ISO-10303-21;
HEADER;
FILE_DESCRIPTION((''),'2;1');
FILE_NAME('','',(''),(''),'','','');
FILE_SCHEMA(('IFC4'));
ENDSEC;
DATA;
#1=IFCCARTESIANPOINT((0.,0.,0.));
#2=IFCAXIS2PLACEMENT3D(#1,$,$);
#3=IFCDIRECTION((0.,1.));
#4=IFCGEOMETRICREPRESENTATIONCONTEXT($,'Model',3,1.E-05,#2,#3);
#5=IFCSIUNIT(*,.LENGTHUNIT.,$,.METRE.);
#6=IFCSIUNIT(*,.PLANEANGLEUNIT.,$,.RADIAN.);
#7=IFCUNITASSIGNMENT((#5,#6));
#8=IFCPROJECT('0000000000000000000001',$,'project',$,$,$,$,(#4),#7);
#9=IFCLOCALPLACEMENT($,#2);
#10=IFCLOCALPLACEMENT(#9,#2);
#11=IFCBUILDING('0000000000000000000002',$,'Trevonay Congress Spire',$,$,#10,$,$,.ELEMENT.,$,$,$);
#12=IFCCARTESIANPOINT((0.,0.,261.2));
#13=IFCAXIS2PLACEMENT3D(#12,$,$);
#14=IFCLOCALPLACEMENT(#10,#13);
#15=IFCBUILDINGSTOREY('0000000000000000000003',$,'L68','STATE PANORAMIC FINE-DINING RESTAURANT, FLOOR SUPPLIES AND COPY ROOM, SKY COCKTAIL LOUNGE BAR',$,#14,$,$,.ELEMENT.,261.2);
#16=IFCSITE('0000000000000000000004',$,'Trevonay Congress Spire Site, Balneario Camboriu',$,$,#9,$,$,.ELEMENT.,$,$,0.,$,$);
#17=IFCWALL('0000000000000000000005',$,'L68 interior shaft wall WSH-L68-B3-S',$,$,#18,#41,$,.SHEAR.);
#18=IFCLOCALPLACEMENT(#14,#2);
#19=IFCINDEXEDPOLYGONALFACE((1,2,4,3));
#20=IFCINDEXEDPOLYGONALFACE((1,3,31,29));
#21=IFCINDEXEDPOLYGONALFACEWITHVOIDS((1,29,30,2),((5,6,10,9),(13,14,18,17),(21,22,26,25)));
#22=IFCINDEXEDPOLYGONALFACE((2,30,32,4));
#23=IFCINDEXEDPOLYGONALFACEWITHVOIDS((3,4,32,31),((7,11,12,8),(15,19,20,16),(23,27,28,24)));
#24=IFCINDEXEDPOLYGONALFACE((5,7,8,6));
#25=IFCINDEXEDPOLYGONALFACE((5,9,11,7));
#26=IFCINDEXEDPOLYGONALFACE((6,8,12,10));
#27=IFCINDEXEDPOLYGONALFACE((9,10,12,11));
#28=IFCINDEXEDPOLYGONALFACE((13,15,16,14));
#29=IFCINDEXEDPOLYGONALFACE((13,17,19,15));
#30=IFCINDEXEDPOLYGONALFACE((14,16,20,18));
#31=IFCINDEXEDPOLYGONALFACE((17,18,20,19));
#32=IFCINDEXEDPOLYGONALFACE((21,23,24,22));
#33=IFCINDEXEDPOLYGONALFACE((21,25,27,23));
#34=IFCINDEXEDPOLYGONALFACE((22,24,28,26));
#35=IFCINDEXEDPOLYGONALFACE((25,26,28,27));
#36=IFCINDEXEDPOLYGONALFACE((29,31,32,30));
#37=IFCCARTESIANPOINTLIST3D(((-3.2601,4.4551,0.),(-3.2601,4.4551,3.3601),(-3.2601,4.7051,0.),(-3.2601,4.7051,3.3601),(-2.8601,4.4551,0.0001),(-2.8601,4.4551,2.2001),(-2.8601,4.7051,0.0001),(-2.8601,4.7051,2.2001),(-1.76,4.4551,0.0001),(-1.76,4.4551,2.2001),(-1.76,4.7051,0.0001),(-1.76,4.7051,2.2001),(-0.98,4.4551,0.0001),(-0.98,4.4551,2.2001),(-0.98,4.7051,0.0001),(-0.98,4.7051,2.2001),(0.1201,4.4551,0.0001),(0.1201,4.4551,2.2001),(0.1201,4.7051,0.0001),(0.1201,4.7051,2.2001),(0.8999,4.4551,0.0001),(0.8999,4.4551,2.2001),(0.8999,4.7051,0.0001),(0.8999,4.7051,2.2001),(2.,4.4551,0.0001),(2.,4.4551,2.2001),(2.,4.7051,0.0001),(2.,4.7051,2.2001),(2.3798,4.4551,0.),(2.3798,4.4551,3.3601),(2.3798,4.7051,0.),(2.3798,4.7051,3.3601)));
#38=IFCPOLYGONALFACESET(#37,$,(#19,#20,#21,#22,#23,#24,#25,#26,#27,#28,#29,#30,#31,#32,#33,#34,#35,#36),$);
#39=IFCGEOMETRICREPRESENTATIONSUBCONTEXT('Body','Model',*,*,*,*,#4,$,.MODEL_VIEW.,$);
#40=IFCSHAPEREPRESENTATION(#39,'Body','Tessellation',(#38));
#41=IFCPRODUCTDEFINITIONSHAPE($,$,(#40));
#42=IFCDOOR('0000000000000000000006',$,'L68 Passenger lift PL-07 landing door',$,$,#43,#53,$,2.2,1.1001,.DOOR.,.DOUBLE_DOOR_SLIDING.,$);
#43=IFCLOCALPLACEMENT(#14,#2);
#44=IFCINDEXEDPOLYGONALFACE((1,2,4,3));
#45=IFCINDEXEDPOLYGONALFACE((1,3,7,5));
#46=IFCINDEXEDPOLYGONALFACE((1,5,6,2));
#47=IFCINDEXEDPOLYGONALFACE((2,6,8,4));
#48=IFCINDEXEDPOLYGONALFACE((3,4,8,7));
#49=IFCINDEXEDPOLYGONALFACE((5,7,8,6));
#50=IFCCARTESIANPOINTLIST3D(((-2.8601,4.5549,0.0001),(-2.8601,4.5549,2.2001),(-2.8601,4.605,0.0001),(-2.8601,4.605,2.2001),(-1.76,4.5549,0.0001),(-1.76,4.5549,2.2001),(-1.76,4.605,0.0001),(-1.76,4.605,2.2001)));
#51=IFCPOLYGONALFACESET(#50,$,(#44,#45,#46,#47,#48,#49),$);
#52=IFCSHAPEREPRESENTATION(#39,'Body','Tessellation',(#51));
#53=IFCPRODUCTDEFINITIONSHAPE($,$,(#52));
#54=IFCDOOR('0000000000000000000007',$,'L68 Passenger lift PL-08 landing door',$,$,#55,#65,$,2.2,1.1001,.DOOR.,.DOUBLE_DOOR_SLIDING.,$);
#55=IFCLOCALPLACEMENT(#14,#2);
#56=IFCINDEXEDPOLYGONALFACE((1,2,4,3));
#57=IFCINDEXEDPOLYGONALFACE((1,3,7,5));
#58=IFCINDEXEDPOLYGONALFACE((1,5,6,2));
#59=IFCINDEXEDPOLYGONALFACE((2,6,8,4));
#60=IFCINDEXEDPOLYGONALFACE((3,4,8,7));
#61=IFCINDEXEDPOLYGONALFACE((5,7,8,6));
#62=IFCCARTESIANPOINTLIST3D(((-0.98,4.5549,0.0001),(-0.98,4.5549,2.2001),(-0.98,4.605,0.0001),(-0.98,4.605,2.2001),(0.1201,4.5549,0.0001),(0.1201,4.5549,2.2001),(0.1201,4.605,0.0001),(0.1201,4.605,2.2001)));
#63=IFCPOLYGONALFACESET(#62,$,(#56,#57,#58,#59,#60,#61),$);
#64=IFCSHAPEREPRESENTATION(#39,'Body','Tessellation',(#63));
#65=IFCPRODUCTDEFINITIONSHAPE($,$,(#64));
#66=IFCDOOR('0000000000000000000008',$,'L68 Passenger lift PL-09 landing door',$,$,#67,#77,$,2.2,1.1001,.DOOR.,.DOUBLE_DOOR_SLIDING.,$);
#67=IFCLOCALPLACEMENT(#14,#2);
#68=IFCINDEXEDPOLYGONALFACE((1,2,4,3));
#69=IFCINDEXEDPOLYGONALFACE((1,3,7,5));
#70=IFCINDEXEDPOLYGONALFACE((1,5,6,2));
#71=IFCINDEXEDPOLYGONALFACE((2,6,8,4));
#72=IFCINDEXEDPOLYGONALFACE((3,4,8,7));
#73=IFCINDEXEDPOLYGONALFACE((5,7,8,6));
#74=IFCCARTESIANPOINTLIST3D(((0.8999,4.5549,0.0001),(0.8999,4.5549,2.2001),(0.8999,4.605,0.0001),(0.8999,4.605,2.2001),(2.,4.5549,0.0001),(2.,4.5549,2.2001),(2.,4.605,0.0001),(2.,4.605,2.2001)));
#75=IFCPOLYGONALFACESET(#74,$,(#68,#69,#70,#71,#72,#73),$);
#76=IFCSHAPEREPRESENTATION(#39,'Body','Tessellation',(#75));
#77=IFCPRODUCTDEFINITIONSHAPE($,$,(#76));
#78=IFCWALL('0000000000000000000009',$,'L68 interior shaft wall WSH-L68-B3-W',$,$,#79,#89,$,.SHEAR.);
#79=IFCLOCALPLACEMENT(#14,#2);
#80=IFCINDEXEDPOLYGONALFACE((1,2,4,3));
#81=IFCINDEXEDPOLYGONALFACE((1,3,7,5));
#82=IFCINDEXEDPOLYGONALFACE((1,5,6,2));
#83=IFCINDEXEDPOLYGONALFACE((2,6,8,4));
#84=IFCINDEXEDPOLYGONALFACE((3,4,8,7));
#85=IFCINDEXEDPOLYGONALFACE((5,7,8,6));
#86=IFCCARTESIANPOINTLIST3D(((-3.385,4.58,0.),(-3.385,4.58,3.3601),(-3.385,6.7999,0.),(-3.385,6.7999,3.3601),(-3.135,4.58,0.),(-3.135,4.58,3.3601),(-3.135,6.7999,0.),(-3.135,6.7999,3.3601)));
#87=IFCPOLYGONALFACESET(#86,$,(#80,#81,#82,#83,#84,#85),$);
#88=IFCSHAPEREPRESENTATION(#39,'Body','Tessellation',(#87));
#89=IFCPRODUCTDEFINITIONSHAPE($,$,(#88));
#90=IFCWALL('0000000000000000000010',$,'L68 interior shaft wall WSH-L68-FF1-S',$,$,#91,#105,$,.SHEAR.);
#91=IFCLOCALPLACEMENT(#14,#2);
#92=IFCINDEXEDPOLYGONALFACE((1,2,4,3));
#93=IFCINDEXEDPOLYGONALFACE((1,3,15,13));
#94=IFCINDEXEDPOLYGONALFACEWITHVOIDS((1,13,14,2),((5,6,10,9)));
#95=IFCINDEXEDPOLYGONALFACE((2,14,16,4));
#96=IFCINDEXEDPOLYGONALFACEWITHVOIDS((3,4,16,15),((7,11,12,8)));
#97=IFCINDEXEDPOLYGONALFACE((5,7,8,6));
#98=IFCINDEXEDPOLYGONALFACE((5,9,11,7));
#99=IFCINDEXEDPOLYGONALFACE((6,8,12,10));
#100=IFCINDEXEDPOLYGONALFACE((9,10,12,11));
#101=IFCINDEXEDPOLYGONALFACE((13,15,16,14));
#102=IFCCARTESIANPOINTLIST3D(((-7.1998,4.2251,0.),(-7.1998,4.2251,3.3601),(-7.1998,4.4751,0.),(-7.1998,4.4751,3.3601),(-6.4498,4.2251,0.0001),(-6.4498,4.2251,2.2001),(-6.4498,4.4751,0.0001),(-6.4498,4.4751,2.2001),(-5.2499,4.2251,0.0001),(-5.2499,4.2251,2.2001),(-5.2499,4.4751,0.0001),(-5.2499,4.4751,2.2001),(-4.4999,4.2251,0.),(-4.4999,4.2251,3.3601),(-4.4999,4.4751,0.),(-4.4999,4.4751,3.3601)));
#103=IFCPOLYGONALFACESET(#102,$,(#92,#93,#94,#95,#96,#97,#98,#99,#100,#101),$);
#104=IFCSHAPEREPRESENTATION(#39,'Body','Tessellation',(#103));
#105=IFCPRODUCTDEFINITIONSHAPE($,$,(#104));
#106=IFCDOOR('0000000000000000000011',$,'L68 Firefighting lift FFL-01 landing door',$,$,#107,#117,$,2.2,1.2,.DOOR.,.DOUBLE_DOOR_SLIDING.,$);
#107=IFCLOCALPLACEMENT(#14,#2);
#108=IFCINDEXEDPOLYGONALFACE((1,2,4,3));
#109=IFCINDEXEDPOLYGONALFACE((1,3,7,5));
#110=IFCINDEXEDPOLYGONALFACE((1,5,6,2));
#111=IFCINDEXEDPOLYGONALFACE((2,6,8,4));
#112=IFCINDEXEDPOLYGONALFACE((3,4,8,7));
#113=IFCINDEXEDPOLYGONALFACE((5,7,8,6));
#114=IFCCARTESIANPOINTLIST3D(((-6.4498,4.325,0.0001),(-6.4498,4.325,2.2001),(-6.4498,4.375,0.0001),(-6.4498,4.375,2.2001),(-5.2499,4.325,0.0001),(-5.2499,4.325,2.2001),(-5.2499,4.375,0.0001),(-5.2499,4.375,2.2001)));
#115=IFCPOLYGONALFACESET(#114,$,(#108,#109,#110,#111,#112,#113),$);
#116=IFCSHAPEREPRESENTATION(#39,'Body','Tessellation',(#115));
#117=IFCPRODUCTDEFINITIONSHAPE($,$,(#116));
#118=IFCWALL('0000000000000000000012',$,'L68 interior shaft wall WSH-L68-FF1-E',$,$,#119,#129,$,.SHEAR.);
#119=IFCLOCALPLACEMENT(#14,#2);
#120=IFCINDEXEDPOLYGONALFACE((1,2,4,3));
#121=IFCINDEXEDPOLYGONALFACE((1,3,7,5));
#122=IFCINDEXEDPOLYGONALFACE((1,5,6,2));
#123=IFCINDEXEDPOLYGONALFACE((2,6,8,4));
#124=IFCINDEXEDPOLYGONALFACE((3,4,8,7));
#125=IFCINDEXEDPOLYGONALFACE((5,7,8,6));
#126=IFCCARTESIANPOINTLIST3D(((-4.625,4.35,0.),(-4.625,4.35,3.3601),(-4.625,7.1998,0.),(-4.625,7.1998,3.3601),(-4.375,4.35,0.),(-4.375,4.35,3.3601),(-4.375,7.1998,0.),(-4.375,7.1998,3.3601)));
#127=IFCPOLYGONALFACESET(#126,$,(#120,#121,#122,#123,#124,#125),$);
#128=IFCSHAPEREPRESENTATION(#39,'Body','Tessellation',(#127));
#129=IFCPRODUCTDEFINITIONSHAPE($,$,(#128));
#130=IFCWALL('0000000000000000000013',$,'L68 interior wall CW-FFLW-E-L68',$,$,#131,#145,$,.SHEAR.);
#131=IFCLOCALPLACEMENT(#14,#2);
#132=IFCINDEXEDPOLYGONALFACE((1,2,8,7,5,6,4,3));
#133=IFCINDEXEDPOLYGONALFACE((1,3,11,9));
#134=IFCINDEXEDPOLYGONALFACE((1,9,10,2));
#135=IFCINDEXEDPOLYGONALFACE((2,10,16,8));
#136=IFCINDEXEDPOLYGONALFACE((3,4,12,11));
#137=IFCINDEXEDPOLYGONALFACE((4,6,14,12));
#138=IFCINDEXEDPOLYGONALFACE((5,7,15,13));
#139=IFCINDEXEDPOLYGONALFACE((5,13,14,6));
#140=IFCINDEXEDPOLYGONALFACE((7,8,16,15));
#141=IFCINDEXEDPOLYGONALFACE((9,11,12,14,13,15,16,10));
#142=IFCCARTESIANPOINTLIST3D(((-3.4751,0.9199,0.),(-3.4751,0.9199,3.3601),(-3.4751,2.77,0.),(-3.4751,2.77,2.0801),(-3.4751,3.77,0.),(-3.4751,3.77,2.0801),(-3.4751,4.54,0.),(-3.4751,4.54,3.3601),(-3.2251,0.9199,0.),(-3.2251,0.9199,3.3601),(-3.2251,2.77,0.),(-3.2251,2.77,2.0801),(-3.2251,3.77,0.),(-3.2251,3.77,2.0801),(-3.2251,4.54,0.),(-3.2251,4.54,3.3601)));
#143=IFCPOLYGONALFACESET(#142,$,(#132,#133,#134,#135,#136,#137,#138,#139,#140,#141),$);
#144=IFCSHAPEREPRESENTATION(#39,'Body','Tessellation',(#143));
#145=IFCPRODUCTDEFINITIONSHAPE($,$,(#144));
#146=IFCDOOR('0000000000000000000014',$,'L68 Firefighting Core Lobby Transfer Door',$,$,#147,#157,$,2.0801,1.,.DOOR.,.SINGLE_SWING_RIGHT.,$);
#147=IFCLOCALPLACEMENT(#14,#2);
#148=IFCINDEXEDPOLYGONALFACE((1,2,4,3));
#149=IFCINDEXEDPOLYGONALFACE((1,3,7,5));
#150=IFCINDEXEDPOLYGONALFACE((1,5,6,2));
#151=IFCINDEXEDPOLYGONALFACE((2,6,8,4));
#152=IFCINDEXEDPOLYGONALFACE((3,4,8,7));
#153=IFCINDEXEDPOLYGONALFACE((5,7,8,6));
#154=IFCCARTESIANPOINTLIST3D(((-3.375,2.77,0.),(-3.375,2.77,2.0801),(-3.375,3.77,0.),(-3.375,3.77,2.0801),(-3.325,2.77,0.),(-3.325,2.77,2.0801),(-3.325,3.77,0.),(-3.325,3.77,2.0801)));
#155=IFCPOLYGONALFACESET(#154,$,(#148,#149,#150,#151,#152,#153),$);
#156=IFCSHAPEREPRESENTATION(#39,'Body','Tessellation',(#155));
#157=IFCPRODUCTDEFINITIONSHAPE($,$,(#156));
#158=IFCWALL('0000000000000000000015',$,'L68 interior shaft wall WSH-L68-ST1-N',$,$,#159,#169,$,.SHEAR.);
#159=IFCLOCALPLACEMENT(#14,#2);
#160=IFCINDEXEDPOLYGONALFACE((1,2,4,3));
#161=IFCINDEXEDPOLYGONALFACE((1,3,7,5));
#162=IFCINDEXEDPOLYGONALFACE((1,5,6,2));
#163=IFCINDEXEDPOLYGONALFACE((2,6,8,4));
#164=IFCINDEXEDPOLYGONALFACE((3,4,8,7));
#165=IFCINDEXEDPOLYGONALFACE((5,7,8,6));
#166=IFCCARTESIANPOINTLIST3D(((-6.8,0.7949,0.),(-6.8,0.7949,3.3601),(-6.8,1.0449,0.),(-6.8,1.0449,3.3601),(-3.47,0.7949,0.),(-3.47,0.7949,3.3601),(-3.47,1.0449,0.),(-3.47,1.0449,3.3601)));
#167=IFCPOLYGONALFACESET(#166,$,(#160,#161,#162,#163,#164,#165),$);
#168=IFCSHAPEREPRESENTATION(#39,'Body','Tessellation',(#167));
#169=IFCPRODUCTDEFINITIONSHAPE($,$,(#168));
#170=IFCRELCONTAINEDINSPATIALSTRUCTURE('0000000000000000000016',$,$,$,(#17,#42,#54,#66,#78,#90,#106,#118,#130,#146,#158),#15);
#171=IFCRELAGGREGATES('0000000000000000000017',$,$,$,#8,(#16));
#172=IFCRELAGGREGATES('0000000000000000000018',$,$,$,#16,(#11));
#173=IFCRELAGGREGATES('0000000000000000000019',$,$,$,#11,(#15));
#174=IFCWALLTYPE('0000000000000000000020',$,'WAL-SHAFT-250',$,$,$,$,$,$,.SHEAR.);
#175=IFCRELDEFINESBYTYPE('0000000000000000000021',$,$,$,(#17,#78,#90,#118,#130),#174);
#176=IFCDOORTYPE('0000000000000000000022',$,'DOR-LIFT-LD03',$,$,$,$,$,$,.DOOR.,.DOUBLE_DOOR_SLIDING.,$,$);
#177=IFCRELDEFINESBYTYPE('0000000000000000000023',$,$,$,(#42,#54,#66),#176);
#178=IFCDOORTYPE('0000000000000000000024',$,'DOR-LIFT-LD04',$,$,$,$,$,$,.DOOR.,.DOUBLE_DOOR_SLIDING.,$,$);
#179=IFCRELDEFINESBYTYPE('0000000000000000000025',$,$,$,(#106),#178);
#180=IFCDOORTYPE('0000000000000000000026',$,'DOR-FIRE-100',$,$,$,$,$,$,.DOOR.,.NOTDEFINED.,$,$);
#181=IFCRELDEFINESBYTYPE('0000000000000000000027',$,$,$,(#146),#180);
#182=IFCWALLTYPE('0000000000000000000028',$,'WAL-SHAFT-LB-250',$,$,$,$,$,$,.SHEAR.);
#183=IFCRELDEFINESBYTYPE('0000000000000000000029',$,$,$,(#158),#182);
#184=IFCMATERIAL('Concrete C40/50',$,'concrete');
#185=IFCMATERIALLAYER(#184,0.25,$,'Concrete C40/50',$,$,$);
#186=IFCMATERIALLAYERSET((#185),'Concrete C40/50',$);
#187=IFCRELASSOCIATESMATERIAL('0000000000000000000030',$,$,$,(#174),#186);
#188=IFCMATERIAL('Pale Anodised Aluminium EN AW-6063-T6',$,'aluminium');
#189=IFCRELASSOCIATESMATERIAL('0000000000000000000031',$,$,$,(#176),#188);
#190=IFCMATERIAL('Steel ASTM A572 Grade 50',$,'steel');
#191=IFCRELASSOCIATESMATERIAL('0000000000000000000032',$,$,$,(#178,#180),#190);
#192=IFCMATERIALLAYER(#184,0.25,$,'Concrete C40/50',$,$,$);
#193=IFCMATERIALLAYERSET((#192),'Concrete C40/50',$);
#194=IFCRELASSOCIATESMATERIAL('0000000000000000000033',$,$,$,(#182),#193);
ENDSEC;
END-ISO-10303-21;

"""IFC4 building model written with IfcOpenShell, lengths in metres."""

from ifc_helpers import new_model, si_unit, direction, frame, frame_2d, origin, place, context, subcontext, project, spatial, rectangle, extrude, material, layer, layer_set, type_object, element, fill, save


model = new_model("IFC4")

# Units and contexts
model_context = context("Model", 3, precision=1e-05, world=origin(), true_north=direction((0.0, 1.0)))
body_context = subcontext(model_context, "Body", "Model", "MODEL_VIEW")
ifc_project = project(units=[si_unit("LENGTHUNIT", "METRE"), si_unit("PLANEANGLEUNIT", "RADIAN")], contexts=[model_context])

# Site, building, storey
site_placement = place(None, origin())
site = spatial("IfcSite", under=ifc_project, at=site_placement, Name="Trevonay Congress Spire Site, Balneario Camboriu", CompositionType="ELEMENT", RefElevation=0.0)
building_placement = place(site_placement, origin())
building = spatial("IfcBuilding", under=site, at=building_placement, Name="Trevonay Congress Spire", CompositionType="ELEMENT")
storey_placement = place(building_placement, frame((0.0, 0.0, 261.2)))
storey = spatial("IfcBuildingStorey", under=building, at=storey_placement, Name="L68", Description="STATE PANORAMIC FINE-DINING RESTAURANT, FLOOR SUPPLIES AND COPY ROOM, SKY COCKTAIL LOUNGE BAR", CompositionType="ELEMENT", Elevation=261.2)

# Shared definitions
ifc_material_1 = material(Name="Steel ASTM A572 Grade 50", Category="steel")

# Shared definitions
ifc_material_2 = material(Name="Concrete C40/50", Category="concrete")

# Wall, openings, doors
ifc_layer_1 = layer(ifc_material_2, 0.25, Name="Concrete C40/50")
ifc_layer_set_1 = layer_set([ifc_layer_1], Name="Concrete C40/50")
wall_type_1 = type_object("IfcWallType", Name="WAL-SHAFT-250", PredefinedType="SHEAR", material=ifc_layer_set_1)
wall_1_placement = place(storey_placement, frame((-3.26, 4.5801, 0.0), z_axis=(0.0, 0.0, 1.0), x_axis=(1.0, 0.0, 0.0)))
wall_1 = element("IfcWall", 1, at=wall_1_placement, inside=storey, type_object=wall_type_1, Name="L68 interior shaft wall WSH-L68-B3-S", PredefinedType="SHEAR", context=body_context, shape_type="SweptSolid", body=[
    extrude(rectangle(XDim=5.6399, YDim=0.25, at=frame_2d((2.8198, 0.0))), origin(), (0.0, 0.0, 1.0), 3.3601),
])
opening_1_placement = place(wall_1_placement, frame((0.3999, 0.0, 0.0)))
opening_1 = element("IfcOpeningElement", 2, at=opening_1_placement, cuts=wall_1, PredefinedType="OPENING", context=body_context, shape_type="SweptSolid", body=[
    extrude(rectangle(XDim=1.1001, YDim=2.2, at=frame_2d((0.55, 1.1001))), frame((0.0, 0.135, 0.0), z_axis=(0.0, -1.0, 0.0), x_axis=(1.0, 0.0, 0.0)), (0.0, 0.0, 1.0), 0.27),
])
opening_2_placement = place(wall_1_placement, frame((2.28, 0.0, 0.0)))
opening_2 = element("IfcOpeningElement", 3, at=opening_2_placement, cuts=wall_1, PredefinedType="OPENING", context=body_context, shape_type="SweptSolid", body=[
    extrude(rectangle(XDim=1.1001, YDim=2.2, at=frame_2d((0.55, 1.1001))), frame((0.0, 0.135, 0.0), z_axis=(0.0, -1.0, 0.0), x_axis=(1.0, 0.0, 0.0)), (0.0, 0.0, 1.0), 0.27),
])
opening_3_placement = place(wall_1_placement, frame((4.1599, 0.0, 0.0)))
opening_3 = element("IfcOpeningElement", 4, at=opening_3_placement, cuts=wall_1, PredefinedType="OPENING", context=body_context, shape_type="SweptSolid", body=[
    extrude(rectangle(XDim=1.1001, YDim=2.2, at=frame_2d((0.55, 1.1001))), frame((0.0, 0.135, 0.0), z_axis=(0.0, -1.0, 0.0), x_axis=(1.0, 0.0, 0.0)), (0.0, 0.0, 1.0), 0.27),
])
ifc_material_3 = material(Name="Pale Anodised Aluminium EN AW-6063-T6", Category="aluminium")
door_type_1 = type_object("IfcDoorType", Name="DOR-LIFT-LD03", OperationType="DOUBLE_DOOR_SLIDING", PredefinedType="DOOR", material=ifc_material_3)
door_1_placement = place(opening_1_placement, origin())
door_1 = element("IfcDoor", 5, at=door_1_placement, inside=storey, type_object=door_type_1, Name="L68 Passenger lift PL-07 landing door", OperationType="DOUBLE_DOOR_SLIDING", OverallHeight=2.2, OverallWidth=1.1001, PredefinedType="DOOR", context=body_context, shape_type="SweptSolid", body=[
    extrude(rectangle(XDim=1.1001, YDim=2.2, at=frame_2d((0.55, 1.1001))), frame((0.0, 0.0249, 0.0), z_axis=(0.0, -1.0, 0.0), x_axis=(1.0, 0.0, 0.0)), (0.0, 0.0, 1.0), 0.05),
])
fill(opening_1, door_1)
door_2_placement = place(opening_2_placement, origin())
door_2 = element("IfcDoor", 6, at=door_2_placement, inside=storey, type_object=door_type_1, Name="L68 Passenger lift PL-08 landing door", OperationType="DOUBLE_DOOR_SLIDING", OverallHeight=2.2, OverallWidth=1.1001, PredefinedType="DOOR", context=body_context, shape_type="SweptSolid", body=[
    extrude(rectangle(XDim=1.1001, YDim=2.2, at=frame_2d((0.55, 1.1001))), frame((0.0, 0.0249, 0.0), z_axis=(0.0, -1.0, 0.0), x_axis=(1.0, 0.0, 0.0)), (0.0, 0.0, 1.0), 0.05),
])
fill(opening_2, door_2)
door_3_placement = place(opening_3_placement, origin())
door_3 = element("IfcDoor", 7, at=door_3_placement, inside=storey, type_object=door_type_1, Name="L68 Passenger lift PL-09 landing door", OperationType="DOUBLE_DOOR_SLIDING", OverallHeight=2.2, OverallWidth=1.1001, PredefinedType="DOOR", context=body_context, shape_type="SweptSolid", body=[
    extrude(rectangle(XDim=1.1001, YDim=2.2, at=frame_2d((0.55, 1.1001))), frame((0.0, 0.0249, 0.0), z_axis=(0.0, -1.0, 0.0), x_axis=(1.0, 0.0, 0.0)), (0.0, 0.0, 1.0), 0.05),
])
fill(opening_3, door_3)

# Wall
wall_2_placement = place(storey_placement, frame((-3.26, 4.5801, 0.0), z_axis=(0.0, 0.0, 1.0), x_axis=(0.0, 1.0, 0.0)))
element("IfcWall", 8, at=wall_2_placement, inside=storey, type_object=wall_type_1, Name="L68 interior shaft wall WSH-L68-B3-W", PredefinedType="SHEAR", context=body_context, shape_type="SweptSolid", body=[
    extrude(rectangle(XDim=2.22, YDim=0.25, at=frame_2d((1.1099, 0.0))), origin(), (0.0, 0.0, 1.0), 3.3601),
])

# Wall, opening, door
wall_3_placement = place(storey_placement, frame((-7.2, 4.3501, 0.0), z_axis=(0.0, 0.0, 1.0), x_axis=(1.0, 0.0, 0.0)))
wall_3 = element("IfcWall", 9, at=wall_3_placement, inside=storey, type_object=wall_type_1, Name="L68 interior shaft wall WSH-L68-FF1-S", PredefinedType="SHEAR", context=body_context, shape_type="SweptSolid", body=[
    extrude(rectangle(XDim=2.7, YDim=0.25, at=frame_2d((1.3501, 0.0))), origin(), (0.0, 0.0, 1.0), 3.3601),
])
opening_4_placement = place(wall_3_placement, frame((0.75, 0.0, 0.0)))
opening_4 = element("IfcOpeningElement", 10, at=opening_4_placement, cuts=wall_3, PredefinedType="OPENING", context=body_context, shape_type="SweptSolid", body=[
    extrude(rectangle(XDim=1.2, YDim=2.2, at=frame_2d((0.6001, 1.1001))), frame((0.0, 0.135, 0.0), z_axis=(0.0, -1.0, 0.0), x_axis=(1.0, 0.0, 0.0)), (0.0, 0.0, 1.0), 0.27),
])
door_type_2 = type_object("IfcDoorType", Name="DOR-LIFT-LD04", OperationType="DOUBLE_DOOR_SLIDING", PredefinedType="DOOR", material=ifc_material_1)
door_4_placement = place(opening_4_placement, origin())
door_4 = element("IfcDoor", 11, at=door_4_placement, inside=storey, type_object=door_type_2, Name="L68 Firefighting lift FFL-01 landing door", OperationType="DOUBLE_DOOR_SLIDING", OverallHeight=2.2, OverallWidth=1.2, PredefinedType="DOOR", context=body_context, shape_type="SweptSolid", body=[
    extrude(rectangle(XDim=1.2, YDim=2.2, at=frame_2d((0.6001, 1.1001))), frame((0.0, 0.0249, 0.0), z_axis=(0.0, -1.0, 0.0), x_axis=(1.0, 0.0, 0.0)), (0.0, 0.0, 1.0), 0.05),
])
fill(opening_4, door_4)

# Wall
wall_4_placement = place(storey_placement, frame((-4.5, 4.3501, 0.0), z_axis=(0.0, 0.0, 1.0), x_axis=(0.0, 1.0, 0.0)))
element("IfcWall", 12, at=wall_4_placement, inside=storey, type_object=wall_type_1, Name="L68 interior shaft wall WSH-L68-FF1-E", PredefinedType="SHEAR", context=body_context, shape_type="SweptSolid", body=[
    extrude(rectangle(XDim=2.8499, YDim=0.25, at=frame_2d((1.4248, 0.0))), origin(), (0.0, 0.0, 1.0), 3.3601),
])

# Wall, opening, door
wall_5_placement = place(storey_placement, frame((-3.3501, 0.9199, 0.0), z_axis=(0.0, 0.0, 1.0), x_axis=(0.0, 1.0, 0.0)))
wall_5 = element("IfcWall", 13, at=wall_5_placement, inside=storey, type_object=wall_type_1, Name="L68 interior wall CW-FFLW-E-L68", PredefinedType="SHEAR", context=body_context, shape_type="SweptSolid", body=[
    extrude(rectangle(XDim=3.6201, YDim=0.25, at=frame_2d((1.8101, 0.0))), origin(), (0.0, 0.0, 1.0), 3.3601),
])
opening_5_placement = place(wall_5_placement, frame((1.8501, 0.0, 0.0)))
opening_5 = element("IfcOpeningElement", 14, at=opening_5_placement, cuts=wall_5, PredefinedType="OPENING", context=body_context, shape_type="SweptSolid", body=[
    extrude(rectangle(XDim=1.0, YDim=2.0801, at=frame_2d((0.5, 1.04))), frame((0.0, 0.135, 0.0), z_axis=(0.0, -1.0, 0.0), x_axis=(1.0, 0.0, 0.0)), (0.0, 0.0, 1.0), 0.27),
])
door_type_3 = type_object("IfcDoorType", Name="DOR-FIRE-100", OperationType="NOTDEFINED", PredefinedType="DOOR", material=ifc_material_1)
door_5_placement = place(opening_5_placement, origin())
door_5 = element("IfcDoor", 15, at=door_5_placement, inside=storey, type_object=door_type_3, Name="L68 Firefighting Core Lobby Transfer Door", OperationType="SINGLE_SWING_RIGHT", OverallHeight=2.0801, OverallWidth=1.0, PredefinedType="DOOR", context=body_context, shape_type="SweptSolid", body=[
    extrude(rectangle(XDim=1.0, YDim=2.0801, at=frame_2d((0.5, 1.04))), frame((0.0, 0.0249, 0.0), z_axis=(0.0, -1.0, 0.0), x_axis=(1.0, 0.0, 0.0)), (0.0, 0.0, 1.0), 0.05),
])
fill(opening_5, door_5)

# Wall
ifc_layer_2 = layer(ifc_material_2, 0.25, Name="Concrete C40/50")
ifc_layer_set_2 = layer_set([ifc_layer_2], Name="Concrete C40/50")
wall_type_2 = type_object("IfcWallType", Name="WAL-SHAFT-LB-250", PredefinedType="SHEAR", material=ifc_layer_set_2)
wall_6_placement = place(storey_placement, frame((-6.8, 0.9199, 0.0), z_axis=(0.0, 0.0, 1.0), x_axis=(1.0, 0.0, 0.0)))
element("IfcWall", 16, at=wall_6_placement, inside=storey, type_object=wall_type_2, Name="L68 interior shaft wall WSH-L68-ST1-N", PredefinedType="SHEAR", context=body_context, shape_type="SweptSolid", body=[
    extrude(rectangle(XDim=3.3301, YDim=0.25, at=frame_2d((1.665, 0.0))), origin(), (0.0, 0.0, 1.0), 3.3601),
])

save(model, "model.ifc")
